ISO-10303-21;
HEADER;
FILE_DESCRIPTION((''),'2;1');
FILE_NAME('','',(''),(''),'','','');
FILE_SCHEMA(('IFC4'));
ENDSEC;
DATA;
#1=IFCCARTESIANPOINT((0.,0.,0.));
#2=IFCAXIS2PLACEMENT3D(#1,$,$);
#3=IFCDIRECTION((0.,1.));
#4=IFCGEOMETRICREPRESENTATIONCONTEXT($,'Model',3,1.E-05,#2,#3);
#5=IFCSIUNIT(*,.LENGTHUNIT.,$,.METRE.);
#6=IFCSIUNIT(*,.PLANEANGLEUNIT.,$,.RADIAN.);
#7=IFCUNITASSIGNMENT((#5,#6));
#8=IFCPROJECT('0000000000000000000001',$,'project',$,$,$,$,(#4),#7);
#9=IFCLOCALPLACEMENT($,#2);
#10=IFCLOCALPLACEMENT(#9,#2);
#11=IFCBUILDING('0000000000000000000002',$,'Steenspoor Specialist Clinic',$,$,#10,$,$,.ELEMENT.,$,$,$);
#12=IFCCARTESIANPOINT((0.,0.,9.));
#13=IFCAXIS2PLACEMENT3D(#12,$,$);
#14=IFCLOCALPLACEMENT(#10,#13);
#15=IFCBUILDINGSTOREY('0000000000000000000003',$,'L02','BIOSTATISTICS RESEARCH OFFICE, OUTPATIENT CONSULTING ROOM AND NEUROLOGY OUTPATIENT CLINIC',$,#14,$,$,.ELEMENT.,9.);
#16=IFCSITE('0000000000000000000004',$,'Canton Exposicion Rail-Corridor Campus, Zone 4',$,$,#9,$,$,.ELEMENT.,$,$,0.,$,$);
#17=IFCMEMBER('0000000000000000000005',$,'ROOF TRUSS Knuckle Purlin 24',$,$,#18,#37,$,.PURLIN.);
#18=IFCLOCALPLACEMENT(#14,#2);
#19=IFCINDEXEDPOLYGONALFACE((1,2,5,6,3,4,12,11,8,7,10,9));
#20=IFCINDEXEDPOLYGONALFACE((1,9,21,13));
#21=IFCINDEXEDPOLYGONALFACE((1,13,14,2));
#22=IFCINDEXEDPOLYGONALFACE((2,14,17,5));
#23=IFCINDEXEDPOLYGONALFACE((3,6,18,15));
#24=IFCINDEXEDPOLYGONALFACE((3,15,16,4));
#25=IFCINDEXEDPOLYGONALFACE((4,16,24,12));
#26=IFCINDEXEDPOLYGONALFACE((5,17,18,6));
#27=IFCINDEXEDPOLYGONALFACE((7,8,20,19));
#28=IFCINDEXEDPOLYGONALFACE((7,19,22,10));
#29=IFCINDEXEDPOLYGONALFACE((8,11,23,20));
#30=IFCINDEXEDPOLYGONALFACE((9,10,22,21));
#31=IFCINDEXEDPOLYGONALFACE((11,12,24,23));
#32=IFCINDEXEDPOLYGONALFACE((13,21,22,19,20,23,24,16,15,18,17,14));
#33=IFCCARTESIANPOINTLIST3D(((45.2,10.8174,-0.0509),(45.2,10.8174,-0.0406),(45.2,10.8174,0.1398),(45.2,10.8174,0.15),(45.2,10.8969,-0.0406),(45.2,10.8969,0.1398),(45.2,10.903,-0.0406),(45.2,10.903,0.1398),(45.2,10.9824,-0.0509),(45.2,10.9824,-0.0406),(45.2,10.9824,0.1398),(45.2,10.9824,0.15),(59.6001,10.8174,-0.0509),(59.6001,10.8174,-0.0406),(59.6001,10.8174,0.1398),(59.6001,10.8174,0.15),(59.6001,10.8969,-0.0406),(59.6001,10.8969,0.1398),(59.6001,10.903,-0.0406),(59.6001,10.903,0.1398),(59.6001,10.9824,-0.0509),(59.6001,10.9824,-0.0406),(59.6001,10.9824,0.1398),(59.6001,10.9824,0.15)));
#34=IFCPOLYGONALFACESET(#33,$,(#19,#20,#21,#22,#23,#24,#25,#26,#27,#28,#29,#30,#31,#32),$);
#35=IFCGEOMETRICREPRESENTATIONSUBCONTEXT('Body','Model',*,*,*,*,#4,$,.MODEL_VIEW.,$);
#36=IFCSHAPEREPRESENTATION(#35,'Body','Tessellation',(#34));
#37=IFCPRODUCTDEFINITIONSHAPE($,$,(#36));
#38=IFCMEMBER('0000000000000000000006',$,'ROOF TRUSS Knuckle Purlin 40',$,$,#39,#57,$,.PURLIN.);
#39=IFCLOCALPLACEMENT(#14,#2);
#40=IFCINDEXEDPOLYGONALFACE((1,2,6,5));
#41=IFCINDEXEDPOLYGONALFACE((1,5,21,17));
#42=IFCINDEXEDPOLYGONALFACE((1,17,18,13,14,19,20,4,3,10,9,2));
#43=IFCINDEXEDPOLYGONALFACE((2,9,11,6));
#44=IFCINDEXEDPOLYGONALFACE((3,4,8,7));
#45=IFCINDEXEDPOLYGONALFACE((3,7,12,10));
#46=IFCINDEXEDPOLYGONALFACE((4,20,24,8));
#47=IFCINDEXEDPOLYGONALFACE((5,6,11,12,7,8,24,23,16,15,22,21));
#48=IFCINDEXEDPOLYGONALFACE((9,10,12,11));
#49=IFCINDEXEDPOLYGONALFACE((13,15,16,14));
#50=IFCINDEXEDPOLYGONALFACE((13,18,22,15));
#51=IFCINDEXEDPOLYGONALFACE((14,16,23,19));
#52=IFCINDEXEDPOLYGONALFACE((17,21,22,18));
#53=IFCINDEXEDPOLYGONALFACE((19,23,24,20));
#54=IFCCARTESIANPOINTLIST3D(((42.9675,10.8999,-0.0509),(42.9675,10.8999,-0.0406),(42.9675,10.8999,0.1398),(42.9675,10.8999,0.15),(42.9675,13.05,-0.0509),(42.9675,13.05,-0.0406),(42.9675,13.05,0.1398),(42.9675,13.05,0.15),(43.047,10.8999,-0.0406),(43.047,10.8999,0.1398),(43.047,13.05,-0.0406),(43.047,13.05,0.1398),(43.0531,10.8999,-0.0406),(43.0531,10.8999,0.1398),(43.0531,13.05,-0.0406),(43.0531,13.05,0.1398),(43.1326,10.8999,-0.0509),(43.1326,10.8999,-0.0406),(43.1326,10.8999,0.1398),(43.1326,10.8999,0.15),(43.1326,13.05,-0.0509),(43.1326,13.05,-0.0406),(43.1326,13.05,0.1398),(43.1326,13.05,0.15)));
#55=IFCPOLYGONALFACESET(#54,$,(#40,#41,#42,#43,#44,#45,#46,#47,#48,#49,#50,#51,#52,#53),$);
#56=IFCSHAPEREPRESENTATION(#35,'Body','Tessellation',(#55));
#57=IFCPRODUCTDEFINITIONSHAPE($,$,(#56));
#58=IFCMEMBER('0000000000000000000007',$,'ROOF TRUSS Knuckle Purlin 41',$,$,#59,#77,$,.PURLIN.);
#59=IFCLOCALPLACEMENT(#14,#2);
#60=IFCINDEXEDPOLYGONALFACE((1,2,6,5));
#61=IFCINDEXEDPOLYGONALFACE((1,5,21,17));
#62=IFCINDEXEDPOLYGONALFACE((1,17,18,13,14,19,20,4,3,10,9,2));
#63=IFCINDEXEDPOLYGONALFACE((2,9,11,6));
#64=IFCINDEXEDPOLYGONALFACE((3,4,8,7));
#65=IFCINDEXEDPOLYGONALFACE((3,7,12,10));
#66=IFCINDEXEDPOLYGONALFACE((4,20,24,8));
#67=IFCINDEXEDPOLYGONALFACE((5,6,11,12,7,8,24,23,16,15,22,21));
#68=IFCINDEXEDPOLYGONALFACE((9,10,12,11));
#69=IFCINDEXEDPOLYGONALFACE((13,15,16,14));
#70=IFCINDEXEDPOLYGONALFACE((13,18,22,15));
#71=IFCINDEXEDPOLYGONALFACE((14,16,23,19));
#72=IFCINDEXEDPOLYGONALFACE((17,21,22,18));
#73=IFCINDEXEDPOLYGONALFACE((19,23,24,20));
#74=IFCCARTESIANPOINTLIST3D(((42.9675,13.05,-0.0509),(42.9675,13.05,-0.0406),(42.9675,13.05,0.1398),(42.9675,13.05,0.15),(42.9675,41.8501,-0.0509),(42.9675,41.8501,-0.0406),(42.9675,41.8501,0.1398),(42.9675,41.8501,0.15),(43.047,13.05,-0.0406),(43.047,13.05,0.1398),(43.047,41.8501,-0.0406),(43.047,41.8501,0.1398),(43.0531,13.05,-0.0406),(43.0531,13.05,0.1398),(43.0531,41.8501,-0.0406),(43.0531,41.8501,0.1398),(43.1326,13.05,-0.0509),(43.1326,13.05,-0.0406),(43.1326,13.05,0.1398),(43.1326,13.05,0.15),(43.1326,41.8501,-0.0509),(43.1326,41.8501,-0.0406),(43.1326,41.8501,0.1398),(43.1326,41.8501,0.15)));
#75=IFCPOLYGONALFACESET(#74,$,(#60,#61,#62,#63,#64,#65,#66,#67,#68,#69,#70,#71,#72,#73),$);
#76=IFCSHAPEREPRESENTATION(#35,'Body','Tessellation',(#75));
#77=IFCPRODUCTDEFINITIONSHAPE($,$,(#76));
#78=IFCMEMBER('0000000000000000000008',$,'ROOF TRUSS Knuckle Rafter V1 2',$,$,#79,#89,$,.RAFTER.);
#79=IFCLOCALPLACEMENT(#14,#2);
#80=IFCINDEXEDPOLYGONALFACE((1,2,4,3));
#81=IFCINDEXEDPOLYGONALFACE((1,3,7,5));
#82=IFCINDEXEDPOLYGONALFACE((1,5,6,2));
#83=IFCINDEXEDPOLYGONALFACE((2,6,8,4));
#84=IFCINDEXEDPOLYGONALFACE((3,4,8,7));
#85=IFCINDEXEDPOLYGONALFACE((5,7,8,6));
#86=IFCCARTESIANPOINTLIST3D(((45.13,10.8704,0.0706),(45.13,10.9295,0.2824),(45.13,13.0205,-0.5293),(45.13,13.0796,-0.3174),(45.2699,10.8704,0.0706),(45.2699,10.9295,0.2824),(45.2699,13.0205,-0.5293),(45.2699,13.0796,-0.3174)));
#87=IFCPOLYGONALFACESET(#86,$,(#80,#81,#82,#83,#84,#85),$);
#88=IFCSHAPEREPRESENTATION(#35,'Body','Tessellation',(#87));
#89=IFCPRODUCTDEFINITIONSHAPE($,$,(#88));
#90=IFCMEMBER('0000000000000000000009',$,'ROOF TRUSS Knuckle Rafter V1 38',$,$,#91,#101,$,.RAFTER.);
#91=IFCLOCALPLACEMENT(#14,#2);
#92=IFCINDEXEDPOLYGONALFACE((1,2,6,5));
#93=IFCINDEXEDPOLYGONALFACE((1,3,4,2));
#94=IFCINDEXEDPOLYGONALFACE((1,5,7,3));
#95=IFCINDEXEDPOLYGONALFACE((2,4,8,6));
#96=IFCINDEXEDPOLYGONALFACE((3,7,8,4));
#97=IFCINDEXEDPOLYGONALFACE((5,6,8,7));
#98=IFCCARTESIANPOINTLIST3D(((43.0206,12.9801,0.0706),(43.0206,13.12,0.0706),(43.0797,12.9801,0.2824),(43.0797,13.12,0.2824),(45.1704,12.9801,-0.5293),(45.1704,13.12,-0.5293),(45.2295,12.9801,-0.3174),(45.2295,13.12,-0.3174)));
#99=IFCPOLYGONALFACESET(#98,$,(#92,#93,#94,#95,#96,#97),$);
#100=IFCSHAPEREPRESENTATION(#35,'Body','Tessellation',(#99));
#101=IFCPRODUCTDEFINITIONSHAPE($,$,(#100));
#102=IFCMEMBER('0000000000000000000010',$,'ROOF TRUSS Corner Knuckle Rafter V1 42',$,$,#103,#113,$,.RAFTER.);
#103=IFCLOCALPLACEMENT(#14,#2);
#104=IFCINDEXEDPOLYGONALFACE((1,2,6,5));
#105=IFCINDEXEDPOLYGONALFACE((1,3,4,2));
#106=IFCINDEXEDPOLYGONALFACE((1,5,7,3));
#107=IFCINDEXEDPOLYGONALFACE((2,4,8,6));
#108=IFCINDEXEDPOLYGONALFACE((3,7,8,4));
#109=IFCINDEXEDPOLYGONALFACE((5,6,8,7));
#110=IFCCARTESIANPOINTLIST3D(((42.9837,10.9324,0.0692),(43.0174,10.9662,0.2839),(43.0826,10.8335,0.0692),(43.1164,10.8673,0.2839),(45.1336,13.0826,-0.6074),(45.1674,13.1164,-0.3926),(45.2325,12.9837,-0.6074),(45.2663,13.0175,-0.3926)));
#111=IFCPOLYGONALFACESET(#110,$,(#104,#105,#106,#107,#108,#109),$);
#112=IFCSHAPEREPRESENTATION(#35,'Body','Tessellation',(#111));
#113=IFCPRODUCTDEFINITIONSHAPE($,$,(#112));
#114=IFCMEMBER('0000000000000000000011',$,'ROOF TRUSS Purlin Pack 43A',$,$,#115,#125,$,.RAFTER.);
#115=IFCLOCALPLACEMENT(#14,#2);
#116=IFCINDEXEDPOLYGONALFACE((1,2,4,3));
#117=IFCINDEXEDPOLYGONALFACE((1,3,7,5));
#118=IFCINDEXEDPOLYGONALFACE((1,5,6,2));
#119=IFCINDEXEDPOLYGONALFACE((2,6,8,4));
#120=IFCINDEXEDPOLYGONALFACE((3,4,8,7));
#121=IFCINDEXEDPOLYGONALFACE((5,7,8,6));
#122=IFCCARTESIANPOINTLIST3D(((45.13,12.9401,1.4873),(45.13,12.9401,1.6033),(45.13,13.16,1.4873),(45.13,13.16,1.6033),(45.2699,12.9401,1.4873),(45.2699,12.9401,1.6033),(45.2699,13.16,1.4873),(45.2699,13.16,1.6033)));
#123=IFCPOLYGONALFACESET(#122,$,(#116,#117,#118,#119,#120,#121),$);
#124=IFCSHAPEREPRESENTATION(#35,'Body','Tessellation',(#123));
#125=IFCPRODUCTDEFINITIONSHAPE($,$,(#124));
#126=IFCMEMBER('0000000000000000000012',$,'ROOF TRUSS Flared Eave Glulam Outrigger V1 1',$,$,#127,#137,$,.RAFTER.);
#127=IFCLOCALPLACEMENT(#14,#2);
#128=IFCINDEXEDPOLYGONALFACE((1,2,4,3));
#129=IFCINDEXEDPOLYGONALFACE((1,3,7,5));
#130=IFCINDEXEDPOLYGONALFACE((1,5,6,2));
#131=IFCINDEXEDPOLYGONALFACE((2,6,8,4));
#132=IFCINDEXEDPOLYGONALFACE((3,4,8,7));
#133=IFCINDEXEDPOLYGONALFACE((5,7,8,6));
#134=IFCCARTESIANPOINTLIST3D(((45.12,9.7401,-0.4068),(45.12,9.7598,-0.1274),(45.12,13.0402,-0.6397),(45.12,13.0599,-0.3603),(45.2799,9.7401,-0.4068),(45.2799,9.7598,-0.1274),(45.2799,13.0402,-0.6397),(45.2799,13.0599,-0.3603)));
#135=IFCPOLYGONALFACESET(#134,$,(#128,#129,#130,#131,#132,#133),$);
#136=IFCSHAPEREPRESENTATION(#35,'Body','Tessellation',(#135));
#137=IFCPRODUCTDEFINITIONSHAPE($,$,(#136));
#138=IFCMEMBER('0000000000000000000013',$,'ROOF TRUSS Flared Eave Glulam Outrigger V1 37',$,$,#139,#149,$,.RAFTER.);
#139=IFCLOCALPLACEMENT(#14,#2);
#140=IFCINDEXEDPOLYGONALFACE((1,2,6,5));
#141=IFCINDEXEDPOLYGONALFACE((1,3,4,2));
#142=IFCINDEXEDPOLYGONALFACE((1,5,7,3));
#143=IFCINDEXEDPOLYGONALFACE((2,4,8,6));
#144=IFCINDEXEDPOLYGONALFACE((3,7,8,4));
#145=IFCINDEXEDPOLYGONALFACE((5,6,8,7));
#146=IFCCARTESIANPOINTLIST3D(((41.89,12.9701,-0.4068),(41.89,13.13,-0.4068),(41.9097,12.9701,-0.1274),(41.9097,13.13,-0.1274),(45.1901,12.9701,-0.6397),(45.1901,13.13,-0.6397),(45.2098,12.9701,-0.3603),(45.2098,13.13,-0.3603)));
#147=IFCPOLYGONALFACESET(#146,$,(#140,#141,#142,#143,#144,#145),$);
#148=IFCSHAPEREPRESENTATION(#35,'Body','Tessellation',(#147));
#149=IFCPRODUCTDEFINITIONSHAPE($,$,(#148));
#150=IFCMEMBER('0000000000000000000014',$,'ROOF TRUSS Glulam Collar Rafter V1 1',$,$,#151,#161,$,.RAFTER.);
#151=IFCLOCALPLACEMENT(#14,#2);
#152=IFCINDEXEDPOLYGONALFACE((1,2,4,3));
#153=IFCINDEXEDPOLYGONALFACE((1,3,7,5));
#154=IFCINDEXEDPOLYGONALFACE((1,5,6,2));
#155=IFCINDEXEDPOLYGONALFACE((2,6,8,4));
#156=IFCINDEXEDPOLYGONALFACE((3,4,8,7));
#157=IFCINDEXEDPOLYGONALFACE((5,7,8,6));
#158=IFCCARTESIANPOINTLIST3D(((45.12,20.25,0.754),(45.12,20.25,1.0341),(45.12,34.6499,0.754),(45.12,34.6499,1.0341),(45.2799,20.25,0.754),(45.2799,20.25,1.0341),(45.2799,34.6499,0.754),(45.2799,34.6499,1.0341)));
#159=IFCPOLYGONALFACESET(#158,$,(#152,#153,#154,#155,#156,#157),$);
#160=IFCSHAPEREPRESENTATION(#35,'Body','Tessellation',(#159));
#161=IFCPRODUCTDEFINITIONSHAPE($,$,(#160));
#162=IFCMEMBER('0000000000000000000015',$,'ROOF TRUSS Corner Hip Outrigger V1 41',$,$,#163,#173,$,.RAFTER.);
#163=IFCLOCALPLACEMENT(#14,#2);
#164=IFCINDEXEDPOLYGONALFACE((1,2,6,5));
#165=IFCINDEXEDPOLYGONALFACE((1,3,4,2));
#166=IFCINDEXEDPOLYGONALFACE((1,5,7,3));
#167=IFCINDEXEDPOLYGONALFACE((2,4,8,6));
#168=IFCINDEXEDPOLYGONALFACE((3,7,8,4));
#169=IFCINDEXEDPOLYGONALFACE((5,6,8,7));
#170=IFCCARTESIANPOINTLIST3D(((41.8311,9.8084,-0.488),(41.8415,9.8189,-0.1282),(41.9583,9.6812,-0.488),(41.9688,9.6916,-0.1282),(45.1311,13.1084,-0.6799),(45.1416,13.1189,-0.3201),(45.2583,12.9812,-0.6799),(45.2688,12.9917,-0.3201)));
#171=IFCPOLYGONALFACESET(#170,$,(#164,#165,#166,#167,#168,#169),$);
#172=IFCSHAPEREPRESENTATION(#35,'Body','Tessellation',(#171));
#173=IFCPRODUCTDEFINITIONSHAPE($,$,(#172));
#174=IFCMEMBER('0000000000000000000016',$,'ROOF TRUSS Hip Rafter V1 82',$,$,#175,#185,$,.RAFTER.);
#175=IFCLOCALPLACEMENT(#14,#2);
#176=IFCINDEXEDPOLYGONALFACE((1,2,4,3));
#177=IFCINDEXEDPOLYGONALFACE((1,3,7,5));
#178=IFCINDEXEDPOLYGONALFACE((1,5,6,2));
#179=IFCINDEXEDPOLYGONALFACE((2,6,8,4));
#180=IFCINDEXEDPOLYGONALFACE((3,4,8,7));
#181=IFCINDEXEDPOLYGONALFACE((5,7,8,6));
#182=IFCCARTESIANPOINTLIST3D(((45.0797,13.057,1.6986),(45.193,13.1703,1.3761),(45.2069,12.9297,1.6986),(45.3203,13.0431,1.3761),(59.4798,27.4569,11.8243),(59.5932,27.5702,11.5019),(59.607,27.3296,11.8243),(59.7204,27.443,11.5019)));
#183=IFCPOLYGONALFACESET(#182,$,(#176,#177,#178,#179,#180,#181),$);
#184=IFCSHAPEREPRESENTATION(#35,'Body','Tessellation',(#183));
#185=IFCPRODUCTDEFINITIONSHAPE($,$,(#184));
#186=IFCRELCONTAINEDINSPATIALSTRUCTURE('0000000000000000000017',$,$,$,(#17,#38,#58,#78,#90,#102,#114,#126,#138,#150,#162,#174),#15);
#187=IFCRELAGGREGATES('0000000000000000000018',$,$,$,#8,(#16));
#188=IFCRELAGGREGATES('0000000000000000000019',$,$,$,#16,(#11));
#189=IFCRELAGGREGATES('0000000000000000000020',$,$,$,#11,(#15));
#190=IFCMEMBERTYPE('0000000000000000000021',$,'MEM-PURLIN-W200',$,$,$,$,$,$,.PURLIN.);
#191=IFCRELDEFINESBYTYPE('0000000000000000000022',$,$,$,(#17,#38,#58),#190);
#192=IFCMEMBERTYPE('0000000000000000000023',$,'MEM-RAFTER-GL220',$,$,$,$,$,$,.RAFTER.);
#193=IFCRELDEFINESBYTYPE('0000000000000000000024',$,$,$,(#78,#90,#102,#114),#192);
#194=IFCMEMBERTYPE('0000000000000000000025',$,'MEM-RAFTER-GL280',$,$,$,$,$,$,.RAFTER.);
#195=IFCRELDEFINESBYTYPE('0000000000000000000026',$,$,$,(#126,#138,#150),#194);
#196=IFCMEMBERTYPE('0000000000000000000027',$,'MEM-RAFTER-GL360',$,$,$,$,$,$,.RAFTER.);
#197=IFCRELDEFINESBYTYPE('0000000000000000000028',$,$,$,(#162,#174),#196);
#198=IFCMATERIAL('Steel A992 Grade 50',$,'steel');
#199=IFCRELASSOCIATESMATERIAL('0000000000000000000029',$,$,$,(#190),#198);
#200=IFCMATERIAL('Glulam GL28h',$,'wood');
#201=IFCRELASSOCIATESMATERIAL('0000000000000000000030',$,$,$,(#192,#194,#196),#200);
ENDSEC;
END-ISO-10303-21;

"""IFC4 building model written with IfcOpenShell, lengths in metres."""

from ifc_helpers import new_model, si_unit, direction, frame, origin, origin_2d, place, context, subcontext, project, spatial, rectangle, i_section, extrude, material, material_profile, profile_set, type_object, element, save


model = new_model("IFC4")

# Units and contexts
model_context = context("Model", 3, precision=1e-05, world=origin(), true_north=direction((0.0, 1.0)))
body_context = subcontext(model_context, "Body", "Model", "MODEL_VIEW")
ifc_project = project(units=[si_unit("LENGTHUNIT", "METRE"), si_unit("PLANEANGLEUNIT", "RADIAN")], contexts=[model_context])

# Site, building, storey
site_placement = place(None, origin())
site = spatial("IfcSite", under=ifc_project, at=site_placement, Name="Canton Exposicion Rail-Corridor Campus, Zone 4", CompositionType="ELEMENT", RefElevation=0.0)
building_placement = place(site_placement, origin())
building = spatial("IfcBuilding", under=site, at=building_placement, Name="Steenspoor Specialist Clinic", CompositionType="ELEMENT")
storey_placement = place(building_placement, frame((0.0, 0.0, 9.0)))
storey = spatial("IfcBuildingStorey", under=building, at=storey_placement, Name="L02", Description="BIOSTATISTICS RESEARCH OFFICE, OUTPATIENT CONSULTING ROOM AND NEUROLOGY OUTPATIENT CLINIC", CompositionType="ELEMENT", Elevation=9.0)

# Shared definitions
ifc_material_1 = material(Name="Steel A992 Grade 50", Category="steel")

# Members
ifc_material_profile_1 = material_profile(ifc_material_1, i_section(OverallWidth=0.165, OverallDepth=0.2009, WebThickness=0.0061, FlangeThickness=0.0103, at=origin_2d()), Name="W200X36")
ifc_profile_set_1 = profile_set([ifc_material_profile_1], Name="Steel A992 Grade 50")
member_type_1 = type_object("IfcMemberType", Name="MEM-PURLIN-W200", PredefinedType="PURLIN", material=ifc_profile_set_1)
member_1_placement = place(storey_placement, frame((45.2, 10.8999, 0.0496), z_axis=(1.0, 0.0, 0.0), x_axis=(0.0, 1.0, 0.0)))
element("IfcMember", 1, at=member_1_placement, inside=storey, type_object=member_type_1, Name="ROOF TRUSS Knuckle Purlin 24", PredefinedType="PURLIN", context=body_context, shape_type="SweptSolid", body=[
    extrude(i_section(OverallWidth=0.165, OverallDepth=0.2009, WebThickness=0.0061, FlangeThickness=0.0103, at=origin_2d()), origin(), (0.0, 0.0, 1.0), 14.4001),
])
member_2_placement = place(storey_placement, frame((43.05, 10.8999, 0.0496), z_axis=(0.0, 1.0, 0.0), x_axis=(-1.0, 0.0, 0.0)))
element("IfcMember", 2, at=member_2_placement, inside=storey, type_object=member_type_1, Name="ROOF TRUSS Knuckle Purlin 40", PredefinedType="PURLIN", context=body_context, shape_type="SweptSolid", body=[
    extrude(i_section(OverallWidth=0.165, OverallDepth=0.2009, WebThickness=0.0061, FlangeThickness=0.0103, at=origin_2d()), origin(), (0.0, 0.0, 1.0), 2.1501),
])
member_3_placement = place(storey_placement, frame((43.05, 13.05, 0.0496), z_axis=(0.0, 1.0, 0.0), x_axis=(-1.0, 0.0, 0.0)))
element("IfcMember", 3, at=member_3_placement, inside=storey, type_object=member_type_1, Name="ROOF TRUSS Knuckle Purlin 41", PredefinedType="PURLIN", context=body_context, shape_type="SweptSolid", body=[
    extrude(i_section(OverallWidth=0.165, OverallDepth=0.2009, WebThickness=0.0061, FlangeThickness=0.0103, at=origin_2d()), origin(), (0.0, 0.0, 1.0), 28.8),
])
ifc_material_2 = material(Name="Glulam GL28h", Category="wood")
ifc_material_profile_2 = material_profile(ifc_material_2, rectangle(XDim=0.1399, YDim=0.22, at=origin_2d()), Name="GL28H-140X220")
ifc_profile_set_2 = profile_set([ifc_material_profile_2], Name="Glulam GL28h")
member_type_2 = type_object("IfcMemberType", Name="MEM-RAFTER-GL220", PredefinedType="RAFTER", material=ifc_profile_set_2)
member_4_placement = place(storey_placement, frame((45.2, 13.05, -0.4233), z_axis=(0.0, -0.963218, 0.268721), x_axis=(1.0, 0.0, 0.0)))
element("IfcMember", 4, at=member_4_placement, inside=storey, type_object=member_type_2, Name="ROOF TRUSS Knuckle Rafter V1 2", PredefinedType="RAFTER", context=body_context, shape_type="SweptSolid", body=[
    extrude(rectangle(XDim=0.1399, YDim=0.22, at=origin_2d()), origin(), (0.0, 0.0, 1.0), 2.2322),
])
member_5_placement = place(storey_placement, frame((45.2, 13.05, -0.4233), z_axis=(-0.96321, 0.0, 0.268749), x_axis=(0.0, -1.0, 0.0)))
element("IfcMember", 5, at=member_5_placement, inside=storey, type_object=member_type_2, Name="ROOF TRUSS Knuckle Rafter V1 38", PredefinedType="RAFTER", context=body_context, shape_type="SweptSolid", body=[
    extrude(rectangle(XDim=0.1399, YDim=0.22, at=origin_2d()), origin(), (0.0, 0.0, 1.0), 2.2319),
])
member_6_placement = place(storey_placement, frame((45.2, 13.05, -0.5), z_axis=(-0.69019, -0.690268, 0.217183), x_axis=(0.707147, -0.707067, 0.0)))
element("IfcMember", 6, at=member_6_placement, inside=storey, type_object=member_type_2, Name="ROOF TRUSS Corner Knuckle Rafter V1 42", PredefinedType="RAFTER", context=body_context, shape_type="SweptSolid", body=[
    extrude(rectangle(XDim=0.1399, YDim=0.22, at=origin_2d()), origin(), (0.0, 0.0, 1.0), 3.115),
])
member_7_placement = place(storey_placement, frame((45.2, 13.05, 1.4873), z_axis=(0.0, 0.0, 1.0), x_axis=(1.0, 0.0, 0.0)))
element("IfcMember", 7, at=member_7_placement, inside=storey, type_object=member_type_2, Name="ROOF TRUSS Purlin Pack 43A", PredefinedType="RAFTER", context=body_context, shape_type="SweptSolid", body=[
    extrude(rectangle(XDim=0.1399, YDim=0.22, at=origin_2d()), origin(), (0.0, 0.0, 1.0), 0.116),
])
ifc_material_profile_3 = material_profile(ifc_material_2, rectangle(XDim=0.1599, YDim=0.28, at=origin_2d()), Name="GL28H-160X280")
ifc_profile_set_3 = profile_set([ifc_material_profile_3], Name="Glulam GL28h")
member_type_3 = type_object("IfcMemberType", Name="MEM-RAFTER-GL280", PredefinedType="RAFTER", material=ifc_profile_set_3)
for number, where, z_axis, x_axis, name in (
    (8, (45.2, 13.05, -0.5), (0.0, -0.997519, 0.070403), (1.0, 0.0, 0.0), "ROOF TRUSS Flared Eave Glulam Outrigger V1 1"),
    (9, (45.2, 13.05, -0.5), (-0.997519, 0.0, 0.070403), (0.0, -1.0, 0.0), "ROOF TRUSS Flared Eave Glulam Outrigger V1 37"),
):
    element("IfcMember", number, at=place(storey_placement, frame(where, z_axis=z_axis, x_axis=x_axis)), inside=storey, type_object=member_type_3, Name=name, PredefinedType="RAFTER", context=body_context, shape_type="SweptSolid", body=[
        extrude(rectangle(XDim=0.1599, YDim=0.28, at=origin_2d()), origin(), (0.0, 0.0, 1.0), 3.3083),
    ])
member_8_placement = place(storey_placement, frame((45.2, 20.25, 0.894), z_axis=(0.0, 1.0, 0.0), x_axis=(-1.0, 0.0, 0.0)))
element("IfcMember", 10, at=member_8_placement, inside=storey, type_object=member_type_3, Name="ROOF TRUSS Glulam Collar Rafter V1 1", PredefinedType="RAFTER", context=body_context, shape_type="SweptSolid", body=[
    extrude(rectangle(XDim=0.1599, YDim=0.28, at=origin_2d()), origin(), (0.0, 0.0, 1.0), 14.3999),
])
ifc_material_profile_4 = material_profile(ifc_material_2, rectangle(XDim=0.1799, YDim=0.3601, at=origin_2d()), Name="GL28H-180X360")
ifc_profile_set_4 = profile_set([ifc_material_profile_4], Name="Glulam GL28h")
member_type_4 = type_object("IfcMemberType", Name="MEM-RAFTER-GL360", PredefinedType="RAFTER", material=ifc_profile_set_4)
member_9_placement = place(storey_placement, frame((45.2, 13.05, -0.5), z_axis=(-0.70651, -0.70651, 0.041083), x_axis=(0.707107, -0.707107, 0.0)))
element("IfcMember", 11, at=member_9_placement, inside=storey, type_object=member_type_4, Name="ROOF TRUSS Corner Hip Outrigger V1 41", PredefinedType="RAFTER", context=body_context, shape_type="SweptSolid", body=[
    extrude(rectangle(XDim=0.1799, YDim=0.3601, at=origin_2d()), origin(), (0.0, 0.0, 1.0), 4.6709),
])
member_10_placement = place(storey_placement, frame((45.2, 13.05, 1.5374), z_axis=(0.633164, 0.633153, 0.445221), x_axis=(-0.707101, 0.707113, 0.0)))
element("IfcMember", 12, at=member_10_placement, inside=storey, type_object=member_type_4, Name="ROOF TRUSS Hip Rafter V1 82", PredefinedType="RAFTER", context=body_context, shape_type="SweptSolid", body=[
    extrude(rectangle(XDim=0.1799, YDim=0.3601, at=origin_2d()), origin(), (0.0, 0.0, 1.0), 22.7432),
])

save(model, "model.ifc")
